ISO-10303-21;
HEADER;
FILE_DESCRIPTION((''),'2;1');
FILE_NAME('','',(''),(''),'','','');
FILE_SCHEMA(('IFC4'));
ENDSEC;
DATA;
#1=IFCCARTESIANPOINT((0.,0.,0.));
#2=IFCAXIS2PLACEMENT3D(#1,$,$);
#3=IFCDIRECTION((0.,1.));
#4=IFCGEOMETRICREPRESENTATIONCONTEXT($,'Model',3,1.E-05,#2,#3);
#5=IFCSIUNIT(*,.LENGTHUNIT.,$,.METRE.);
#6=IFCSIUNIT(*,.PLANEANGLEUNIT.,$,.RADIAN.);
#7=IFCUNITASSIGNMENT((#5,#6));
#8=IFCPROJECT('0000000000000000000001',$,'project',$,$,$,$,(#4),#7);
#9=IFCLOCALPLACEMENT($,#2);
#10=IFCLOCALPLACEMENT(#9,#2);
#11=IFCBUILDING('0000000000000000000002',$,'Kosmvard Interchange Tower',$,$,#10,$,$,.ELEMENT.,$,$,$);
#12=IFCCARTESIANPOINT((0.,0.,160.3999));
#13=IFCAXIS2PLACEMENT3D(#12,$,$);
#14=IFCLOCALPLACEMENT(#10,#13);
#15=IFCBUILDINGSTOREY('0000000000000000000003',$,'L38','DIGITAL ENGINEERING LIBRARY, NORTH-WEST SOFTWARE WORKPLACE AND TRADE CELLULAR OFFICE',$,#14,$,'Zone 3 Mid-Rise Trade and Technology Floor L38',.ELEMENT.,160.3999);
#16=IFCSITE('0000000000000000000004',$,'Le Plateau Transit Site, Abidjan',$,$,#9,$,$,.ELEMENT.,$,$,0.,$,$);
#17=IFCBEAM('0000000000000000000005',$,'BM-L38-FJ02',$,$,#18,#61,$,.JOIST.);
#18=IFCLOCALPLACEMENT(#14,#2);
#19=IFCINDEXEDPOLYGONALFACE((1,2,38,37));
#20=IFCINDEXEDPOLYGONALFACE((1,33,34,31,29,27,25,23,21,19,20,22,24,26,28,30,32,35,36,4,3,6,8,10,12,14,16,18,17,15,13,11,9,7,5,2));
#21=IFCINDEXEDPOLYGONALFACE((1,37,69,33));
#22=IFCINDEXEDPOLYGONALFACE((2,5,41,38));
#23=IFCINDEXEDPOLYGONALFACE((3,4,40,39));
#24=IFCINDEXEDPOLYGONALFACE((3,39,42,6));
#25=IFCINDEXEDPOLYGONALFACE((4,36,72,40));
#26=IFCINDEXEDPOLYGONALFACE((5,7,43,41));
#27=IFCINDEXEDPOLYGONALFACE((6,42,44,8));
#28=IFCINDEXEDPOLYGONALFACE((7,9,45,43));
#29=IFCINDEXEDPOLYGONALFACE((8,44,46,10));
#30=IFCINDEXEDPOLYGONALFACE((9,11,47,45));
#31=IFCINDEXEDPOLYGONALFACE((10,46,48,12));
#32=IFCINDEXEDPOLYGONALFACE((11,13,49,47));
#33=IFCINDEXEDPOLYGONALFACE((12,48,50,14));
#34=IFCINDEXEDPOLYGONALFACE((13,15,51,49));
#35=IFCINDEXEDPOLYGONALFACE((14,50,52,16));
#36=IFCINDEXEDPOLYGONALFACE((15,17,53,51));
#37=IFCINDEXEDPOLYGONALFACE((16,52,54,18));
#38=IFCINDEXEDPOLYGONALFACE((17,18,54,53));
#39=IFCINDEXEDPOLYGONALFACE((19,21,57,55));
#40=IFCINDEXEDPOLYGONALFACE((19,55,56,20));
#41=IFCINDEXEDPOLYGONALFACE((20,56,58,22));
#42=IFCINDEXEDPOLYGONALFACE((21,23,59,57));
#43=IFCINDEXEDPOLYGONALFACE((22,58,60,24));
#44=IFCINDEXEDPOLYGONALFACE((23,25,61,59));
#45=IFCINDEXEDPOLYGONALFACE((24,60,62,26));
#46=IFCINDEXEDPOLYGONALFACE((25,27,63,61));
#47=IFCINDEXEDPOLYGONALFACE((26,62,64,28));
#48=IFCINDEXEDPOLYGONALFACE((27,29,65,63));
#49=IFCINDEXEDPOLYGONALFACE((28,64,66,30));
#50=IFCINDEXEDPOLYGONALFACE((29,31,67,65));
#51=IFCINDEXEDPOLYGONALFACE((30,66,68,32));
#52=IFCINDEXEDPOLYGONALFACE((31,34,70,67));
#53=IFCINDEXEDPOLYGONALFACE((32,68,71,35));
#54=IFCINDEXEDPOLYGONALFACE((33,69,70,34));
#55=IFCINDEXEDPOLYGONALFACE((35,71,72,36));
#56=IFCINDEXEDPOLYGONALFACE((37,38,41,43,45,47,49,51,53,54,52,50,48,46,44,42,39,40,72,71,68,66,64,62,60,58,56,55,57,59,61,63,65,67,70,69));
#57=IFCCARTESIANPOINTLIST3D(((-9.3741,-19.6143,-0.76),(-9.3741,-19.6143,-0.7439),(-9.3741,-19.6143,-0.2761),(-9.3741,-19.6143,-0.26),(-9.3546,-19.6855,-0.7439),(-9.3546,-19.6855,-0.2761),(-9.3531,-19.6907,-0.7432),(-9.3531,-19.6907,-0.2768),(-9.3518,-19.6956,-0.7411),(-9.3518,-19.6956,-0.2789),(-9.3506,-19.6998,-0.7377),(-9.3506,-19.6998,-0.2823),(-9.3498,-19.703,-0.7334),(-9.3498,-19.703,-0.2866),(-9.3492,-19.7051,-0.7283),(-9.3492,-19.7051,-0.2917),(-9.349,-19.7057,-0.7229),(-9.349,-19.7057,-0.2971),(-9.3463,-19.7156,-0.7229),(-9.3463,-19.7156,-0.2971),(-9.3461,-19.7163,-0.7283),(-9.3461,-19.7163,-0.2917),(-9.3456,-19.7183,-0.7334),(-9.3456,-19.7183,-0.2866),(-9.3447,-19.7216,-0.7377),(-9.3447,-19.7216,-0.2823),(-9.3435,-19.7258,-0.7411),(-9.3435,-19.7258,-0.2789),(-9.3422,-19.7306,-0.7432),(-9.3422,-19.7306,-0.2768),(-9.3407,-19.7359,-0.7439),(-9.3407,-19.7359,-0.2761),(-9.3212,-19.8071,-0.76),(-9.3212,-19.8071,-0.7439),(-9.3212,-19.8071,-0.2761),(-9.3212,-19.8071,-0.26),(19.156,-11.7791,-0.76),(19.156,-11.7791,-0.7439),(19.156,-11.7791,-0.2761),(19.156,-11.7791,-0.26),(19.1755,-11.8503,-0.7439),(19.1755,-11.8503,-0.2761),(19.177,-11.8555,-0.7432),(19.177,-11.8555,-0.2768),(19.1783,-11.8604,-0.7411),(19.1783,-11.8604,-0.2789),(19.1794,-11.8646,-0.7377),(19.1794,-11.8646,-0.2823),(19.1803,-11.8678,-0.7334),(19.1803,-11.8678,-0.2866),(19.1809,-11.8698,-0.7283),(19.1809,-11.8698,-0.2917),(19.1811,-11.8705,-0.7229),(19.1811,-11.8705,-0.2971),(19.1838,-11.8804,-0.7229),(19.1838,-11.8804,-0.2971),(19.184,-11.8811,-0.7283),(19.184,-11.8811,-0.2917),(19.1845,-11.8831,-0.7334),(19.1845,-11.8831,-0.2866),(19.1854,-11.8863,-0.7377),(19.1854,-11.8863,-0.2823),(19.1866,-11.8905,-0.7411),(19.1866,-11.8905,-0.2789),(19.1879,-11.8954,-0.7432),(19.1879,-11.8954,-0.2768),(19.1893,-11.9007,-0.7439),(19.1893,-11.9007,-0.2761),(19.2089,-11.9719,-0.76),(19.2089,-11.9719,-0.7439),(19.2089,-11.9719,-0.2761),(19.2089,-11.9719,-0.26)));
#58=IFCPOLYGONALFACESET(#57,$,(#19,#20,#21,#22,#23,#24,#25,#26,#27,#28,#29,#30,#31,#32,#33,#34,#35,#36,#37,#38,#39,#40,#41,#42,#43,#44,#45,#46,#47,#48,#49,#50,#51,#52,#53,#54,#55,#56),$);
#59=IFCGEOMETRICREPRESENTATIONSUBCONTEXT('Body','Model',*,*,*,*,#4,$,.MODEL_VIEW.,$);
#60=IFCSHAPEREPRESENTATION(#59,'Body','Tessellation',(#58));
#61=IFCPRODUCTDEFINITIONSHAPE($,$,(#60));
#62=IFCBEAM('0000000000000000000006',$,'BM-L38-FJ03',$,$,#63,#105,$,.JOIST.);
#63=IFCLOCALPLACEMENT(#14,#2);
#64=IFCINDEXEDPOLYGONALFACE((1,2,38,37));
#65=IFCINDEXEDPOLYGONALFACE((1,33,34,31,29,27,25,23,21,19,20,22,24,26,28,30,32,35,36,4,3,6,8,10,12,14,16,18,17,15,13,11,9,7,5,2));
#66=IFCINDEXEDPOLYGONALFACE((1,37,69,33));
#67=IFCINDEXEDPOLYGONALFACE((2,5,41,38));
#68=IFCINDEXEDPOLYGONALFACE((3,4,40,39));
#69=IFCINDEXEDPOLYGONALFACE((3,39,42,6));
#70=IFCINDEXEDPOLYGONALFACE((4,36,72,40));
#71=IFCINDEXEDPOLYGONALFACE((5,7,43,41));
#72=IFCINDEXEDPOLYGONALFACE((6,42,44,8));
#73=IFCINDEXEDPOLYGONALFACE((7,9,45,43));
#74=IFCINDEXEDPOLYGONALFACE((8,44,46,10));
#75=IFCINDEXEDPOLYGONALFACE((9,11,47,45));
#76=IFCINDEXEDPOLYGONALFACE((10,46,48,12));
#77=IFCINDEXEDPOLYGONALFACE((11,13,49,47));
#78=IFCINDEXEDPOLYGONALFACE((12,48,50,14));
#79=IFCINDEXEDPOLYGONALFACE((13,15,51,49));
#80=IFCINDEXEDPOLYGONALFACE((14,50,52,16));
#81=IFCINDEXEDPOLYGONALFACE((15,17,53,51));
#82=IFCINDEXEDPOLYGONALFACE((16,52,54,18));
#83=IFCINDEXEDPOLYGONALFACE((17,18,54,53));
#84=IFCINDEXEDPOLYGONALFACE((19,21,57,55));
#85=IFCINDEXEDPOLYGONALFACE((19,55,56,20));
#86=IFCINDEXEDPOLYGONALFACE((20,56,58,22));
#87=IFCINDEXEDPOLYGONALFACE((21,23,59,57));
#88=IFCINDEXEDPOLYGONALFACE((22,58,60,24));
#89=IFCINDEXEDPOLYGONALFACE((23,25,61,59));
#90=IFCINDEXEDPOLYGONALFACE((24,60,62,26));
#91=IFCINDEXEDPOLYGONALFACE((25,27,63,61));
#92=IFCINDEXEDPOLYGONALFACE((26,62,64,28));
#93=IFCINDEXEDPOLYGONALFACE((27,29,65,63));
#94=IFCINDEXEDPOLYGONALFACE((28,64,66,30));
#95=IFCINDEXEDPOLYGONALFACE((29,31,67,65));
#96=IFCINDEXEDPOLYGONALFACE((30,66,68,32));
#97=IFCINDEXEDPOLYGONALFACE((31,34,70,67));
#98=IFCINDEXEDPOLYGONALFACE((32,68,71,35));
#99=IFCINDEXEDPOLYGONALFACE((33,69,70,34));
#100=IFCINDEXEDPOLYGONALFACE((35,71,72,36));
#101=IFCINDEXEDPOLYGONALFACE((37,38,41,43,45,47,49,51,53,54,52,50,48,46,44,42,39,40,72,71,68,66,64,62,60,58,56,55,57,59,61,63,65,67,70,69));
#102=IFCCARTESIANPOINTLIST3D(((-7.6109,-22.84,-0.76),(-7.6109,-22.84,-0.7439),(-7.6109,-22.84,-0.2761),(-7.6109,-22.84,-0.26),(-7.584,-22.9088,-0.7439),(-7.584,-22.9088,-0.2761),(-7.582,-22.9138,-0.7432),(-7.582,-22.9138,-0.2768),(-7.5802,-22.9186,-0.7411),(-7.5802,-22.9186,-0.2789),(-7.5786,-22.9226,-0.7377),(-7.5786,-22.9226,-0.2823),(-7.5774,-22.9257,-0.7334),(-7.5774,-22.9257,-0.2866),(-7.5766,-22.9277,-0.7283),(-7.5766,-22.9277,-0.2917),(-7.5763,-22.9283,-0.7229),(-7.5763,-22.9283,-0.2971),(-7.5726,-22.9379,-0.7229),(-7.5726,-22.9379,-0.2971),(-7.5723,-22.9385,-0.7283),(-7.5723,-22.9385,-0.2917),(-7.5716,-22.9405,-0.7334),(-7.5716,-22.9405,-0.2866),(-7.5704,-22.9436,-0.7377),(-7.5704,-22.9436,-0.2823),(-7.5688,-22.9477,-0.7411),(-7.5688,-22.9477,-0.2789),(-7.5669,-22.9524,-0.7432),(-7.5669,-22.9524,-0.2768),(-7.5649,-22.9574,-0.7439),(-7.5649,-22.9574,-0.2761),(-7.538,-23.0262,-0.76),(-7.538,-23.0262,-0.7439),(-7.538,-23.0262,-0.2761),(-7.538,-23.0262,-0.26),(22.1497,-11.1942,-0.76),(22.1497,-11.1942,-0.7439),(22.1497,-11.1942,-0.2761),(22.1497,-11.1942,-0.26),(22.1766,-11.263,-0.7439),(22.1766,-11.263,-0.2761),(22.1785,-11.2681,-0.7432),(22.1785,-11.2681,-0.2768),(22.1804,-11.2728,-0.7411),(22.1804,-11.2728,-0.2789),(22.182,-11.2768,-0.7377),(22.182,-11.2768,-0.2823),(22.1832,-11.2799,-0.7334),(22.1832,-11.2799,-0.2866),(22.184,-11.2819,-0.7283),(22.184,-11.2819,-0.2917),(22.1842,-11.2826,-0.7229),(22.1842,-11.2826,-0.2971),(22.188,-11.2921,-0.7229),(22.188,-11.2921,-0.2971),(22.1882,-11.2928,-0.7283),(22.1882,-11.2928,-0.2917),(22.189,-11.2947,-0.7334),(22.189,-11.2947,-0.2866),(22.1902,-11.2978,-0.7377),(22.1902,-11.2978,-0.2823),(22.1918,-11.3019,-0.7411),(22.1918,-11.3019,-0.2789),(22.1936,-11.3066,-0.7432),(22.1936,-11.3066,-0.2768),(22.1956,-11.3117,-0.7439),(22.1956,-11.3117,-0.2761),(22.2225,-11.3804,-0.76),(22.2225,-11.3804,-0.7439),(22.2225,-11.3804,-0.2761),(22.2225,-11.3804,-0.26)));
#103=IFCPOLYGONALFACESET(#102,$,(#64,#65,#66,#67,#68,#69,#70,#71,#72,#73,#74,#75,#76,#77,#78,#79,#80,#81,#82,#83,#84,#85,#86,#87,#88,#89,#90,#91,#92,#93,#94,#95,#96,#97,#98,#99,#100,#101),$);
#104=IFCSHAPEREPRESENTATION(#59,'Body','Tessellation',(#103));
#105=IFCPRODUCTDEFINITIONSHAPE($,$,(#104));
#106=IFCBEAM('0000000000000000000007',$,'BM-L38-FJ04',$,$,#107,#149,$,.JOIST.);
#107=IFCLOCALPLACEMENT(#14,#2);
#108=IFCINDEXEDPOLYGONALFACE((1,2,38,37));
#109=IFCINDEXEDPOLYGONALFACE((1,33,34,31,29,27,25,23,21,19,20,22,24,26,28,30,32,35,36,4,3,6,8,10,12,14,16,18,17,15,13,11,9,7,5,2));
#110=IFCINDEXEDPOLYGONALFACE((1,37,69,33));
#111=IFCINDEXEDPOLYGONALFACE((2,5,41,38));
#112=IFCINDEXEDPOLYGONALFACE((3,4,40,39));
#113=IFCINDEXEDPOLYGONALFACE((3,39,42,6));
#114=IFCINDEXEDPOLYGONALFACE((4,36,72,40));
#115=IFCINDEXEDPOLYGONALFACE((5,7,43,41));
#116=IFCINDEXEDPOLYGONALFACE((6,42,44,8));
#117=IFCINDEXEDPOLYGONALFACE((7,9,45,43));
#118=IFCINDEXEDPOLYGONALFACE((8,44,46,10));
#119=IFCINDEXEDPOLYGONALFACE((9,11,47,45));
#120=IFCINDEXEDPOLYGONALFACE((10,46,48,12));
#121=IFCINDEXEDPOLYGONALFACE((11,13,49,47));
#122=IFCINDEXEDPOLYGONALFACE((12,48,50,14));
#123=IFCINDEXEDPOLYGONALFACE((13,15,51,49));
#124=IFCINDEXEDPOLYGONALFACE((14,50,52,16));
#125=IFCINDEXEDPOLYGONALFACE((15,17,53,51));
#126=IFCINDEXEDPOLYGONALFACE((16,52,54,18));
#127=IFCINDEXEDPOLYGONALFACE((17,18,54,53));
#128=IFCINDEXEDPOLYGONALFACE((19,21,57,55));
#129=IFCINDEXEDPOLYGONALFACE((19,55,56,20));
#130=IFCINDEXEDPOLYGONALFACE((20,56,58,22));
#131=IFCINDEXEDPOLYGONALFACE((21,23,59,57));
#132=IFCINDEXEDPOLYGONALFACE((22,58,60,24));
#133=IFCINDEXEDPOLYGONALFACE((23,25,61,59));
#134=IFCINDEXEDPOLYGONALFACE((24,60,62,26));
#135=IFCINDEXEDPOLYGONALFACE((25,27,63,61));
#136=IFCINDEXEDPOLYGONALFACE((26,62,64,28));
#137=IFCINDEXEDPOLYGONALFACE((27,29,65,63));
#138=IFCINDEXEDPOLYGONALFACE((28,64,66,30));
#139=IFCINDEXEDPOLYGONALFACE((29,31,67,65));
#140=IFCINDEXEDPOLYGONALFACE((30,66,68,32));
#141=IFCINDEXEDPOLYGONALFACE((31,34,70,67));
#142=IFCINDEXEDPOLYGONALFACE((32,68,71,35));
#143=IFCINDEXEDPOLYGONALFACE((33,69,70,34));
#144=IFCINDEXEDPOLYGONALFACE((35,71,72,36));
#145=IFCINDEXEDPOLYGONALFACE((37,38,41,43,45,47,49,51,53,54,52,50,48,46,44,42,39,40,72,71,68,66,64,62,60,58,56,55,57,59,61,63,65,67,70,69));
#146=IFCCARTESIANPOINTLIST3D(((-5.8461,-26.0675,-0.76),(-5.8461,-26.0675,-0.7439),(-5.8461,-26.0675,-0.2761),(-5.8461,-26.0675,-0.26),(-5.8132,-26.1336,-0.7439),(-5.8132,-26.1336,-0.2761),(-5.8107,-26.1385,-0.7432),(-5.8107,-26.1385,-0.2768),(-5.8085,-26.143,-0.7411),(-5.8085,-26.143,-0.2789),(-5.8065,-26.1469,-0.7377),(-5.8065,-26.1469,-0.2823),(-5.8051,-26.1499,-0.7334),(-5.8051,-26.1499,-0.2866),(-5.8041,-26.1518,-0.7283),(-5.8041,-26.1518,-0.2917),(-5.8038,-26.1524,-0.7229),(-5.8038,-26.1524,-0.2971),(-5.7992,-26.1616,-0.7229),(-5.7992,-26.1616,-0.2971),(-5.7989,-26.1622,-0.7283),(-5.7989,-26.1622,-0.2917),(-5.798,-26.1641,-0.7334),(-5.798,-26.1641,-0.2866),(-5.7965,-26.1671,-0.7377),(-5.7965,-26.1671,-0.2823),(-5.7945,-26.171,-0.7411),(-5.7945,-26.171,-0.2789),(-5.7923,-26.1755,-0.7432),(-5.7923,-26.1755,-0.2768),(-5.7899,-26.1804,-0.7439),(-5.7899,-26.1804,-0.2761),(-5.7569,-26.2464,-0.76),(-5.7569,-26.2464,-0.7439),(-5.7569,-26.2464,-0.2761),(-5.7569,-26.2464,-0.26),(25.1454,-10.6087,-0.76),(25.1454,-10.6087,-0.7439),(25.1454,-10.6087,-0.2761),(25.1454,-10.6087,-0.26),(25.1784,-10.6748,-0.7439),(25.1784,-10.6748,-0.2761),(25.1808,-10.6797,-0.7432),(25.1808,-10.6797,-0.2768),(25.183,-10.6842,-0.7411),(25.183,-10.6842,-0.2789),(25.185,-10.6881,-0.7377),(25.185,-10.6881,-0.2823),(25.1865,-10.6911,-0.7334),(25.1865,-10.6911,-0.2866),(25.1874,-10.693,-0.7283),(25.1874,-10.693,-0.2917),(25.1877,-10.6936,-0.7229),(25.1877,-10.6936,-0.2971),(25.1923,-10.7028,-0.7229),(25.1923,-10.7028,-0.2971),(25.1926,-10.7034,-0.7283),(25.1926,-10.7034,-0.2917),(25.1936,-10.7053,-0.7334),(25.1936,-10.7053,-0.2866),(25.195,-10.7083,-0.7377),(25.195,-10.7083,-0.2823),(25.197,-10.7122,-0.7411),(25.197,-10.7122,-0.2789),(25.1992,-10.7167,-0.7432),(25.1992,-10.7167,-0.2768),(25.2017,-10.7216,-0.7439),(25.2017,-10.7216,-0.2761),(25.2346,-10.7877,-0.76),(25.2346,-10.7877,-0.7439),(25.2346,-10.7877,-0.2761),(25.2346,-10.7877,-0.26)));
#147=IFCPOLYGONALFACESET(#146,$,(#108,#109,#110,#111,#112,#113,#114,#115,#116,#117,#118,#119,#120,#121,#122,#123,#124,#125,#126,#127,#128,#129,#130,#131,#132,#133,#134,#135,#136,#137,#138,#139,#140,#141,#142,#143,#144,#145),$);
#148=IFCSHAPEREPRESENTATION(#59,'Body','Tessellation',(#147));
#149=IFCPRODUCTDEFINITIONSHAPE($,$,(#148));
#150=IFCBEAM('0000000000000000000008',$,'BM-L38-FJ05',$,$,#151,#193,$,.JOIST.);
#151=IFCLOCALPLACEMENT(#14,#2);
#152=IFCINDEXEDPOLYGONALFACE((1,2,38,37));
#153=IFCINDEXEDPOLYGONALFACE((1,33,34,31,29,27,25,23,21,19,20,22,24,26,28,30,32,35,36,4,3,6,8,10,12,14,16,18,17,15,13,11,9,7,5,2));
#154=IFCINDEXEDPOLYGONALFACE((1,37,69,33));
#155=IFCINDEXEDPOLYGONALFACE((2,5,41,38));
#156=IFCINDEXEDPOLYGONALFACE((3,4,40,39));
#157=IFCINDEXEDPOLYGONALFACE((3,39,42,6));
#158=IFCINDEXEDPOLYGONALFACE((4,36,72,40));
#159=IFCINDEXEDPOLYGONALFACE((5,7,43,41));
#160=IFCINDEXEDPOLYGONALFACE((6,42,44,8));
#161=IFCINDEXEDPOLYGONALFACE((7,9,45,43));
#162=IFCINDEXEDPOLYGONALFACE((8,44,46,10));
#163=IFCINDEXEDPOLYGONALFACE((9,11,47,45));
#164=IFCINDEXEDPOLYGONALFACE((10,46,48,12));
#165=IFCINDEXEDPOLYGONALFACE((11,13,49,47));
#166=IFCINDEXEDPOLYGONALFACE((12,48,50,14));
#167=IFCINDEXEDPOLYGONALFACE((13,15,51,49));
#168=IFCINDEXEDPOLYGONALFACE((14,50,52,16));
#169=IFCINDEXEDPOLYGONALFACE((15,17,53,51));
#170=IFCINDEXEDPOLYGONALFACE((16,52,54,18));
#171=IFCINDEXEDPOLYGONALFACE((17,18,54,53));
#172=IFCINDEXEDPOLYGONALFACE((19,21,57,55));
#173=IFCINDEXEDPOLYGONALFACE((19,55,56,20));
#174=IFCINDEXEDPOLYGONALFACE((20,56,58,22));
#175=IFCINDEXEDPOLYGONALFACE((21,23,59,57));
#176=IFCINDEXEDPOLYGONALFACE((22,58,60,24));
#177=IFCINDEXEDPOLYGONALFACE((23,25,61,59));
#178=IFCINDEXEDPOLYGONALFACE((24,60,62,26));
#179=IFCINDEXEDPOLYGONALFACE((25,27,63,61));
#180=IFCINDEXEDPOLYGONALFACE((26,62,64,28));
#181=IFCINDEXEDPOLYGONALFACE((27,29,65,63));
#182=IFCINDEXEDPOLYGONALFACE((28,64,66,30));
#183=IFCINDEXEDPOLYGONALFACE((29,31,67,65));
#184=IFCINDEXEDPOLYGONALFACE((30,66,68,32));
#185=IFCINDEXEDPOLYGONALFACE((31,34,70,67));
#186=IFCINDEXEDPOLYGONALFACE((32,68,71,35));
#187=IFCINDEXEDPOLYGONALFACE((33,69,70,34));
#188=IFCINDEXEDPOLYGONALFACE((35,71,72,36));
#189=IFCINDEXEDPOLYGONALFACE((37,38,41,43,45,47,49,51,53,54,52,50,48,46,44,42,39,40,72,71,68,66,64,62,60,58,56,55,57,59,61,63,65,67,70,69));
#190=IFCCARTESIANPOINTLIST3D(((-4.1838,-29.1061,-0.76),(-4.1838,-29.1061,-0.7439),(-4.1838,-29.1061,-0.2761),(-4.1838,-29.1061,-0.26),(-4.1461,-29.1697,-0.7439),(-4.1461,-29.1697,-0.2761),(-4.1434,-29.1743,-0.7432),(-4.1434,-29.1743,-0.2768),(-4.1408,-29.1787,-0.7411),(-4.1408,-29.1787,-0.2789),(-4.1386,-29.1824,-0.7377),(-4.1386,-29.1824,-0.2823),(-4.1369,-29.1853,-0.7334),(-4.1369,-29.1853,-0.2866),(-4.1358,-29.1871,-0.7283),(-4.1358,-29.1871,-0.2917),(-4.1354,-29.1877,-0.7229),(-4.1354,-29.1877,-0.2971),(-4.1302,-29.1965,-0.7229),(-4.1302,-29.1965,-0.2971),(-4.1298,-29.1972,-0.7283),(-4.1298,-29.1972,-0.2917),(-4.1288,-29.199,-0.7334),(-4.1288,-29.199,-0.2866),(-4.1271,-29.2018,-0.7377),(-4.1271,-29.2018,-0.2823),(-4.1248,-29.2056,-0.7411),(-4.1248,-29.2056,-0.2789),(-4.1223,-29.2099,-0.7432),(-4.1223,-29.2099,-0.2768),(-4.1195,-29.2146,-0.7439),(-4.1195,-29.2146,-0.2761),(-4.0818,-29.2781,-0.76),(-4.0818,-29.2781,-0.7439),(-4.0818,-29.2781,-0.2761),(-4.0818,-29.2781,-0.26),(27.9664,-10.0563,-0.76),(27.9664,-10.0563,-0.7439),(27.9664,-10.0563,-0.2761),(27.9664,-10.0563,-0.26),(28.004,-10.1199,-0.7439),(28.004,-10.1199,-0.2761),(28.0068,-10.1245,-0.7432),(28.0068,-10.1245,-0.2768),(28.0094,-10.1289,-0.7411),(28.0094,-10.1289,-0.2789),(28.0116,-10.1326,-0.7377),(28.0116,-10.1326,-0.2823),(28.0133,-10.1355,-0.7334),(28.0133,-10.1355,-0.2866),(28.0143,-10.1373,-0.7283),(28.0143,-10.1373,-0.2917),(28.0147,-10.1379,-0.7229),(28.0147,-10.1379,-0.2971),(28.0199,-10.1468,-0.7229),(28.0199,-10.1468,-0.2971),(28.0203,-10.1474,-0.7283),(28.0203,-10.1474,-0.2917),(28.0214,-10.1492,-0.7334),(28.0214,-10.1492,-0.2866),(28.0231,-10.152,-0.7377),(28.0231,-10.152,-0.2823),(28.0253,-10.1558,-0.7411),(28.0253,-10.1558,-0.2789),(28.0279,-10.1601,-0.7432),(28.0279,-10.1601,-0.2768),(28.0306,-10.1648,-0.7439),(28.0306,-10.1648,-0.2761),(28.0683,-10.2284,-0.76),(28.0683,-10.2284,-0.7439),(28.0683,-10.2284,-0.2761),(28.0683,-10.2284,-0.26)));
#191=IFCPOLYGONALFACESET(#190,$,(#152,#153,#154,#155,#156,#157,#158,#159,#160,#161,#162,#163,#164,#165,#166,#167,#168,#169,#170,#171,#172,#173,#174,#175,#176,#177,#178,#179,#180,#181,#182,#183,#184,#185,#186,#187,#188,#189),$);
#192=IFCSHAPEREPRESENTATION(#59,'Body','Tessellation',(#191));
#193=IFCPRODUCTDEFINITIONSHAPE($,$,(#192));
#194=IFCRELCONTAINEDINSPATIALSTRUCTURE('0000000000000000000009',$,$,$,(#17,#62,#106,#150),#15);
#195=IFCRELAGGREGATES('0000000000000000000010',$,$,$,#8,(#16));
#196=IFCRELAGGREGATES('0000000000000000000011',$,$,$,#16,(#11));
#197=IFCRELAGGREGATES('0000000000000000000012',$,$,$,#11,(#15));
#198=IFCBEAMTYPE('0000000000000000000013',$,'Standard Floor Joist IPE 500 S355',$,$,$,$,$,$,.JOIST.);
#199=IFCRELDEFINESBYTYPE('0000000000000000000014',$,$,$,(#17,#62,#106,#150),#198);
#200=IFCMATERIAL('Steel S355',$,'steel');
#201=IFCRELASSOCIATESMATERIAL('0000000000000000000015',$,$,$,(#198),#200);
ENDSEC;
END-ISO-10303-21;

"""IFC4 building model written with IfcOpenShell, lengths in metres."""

from ifc_helpers import new_model, si_unit, direction, frame, origin, origin_2d, place, context, subcontext, project, spatial, i_section, extrude, source, transform, mapped, material, material_profile, profile_set, type_object, element, save


model = new_model("IFC4")

# Units and contexts
model_context = context("Model", 3, precision=1e-05, world=origin(), true_north=direction((0.0, 1.0)))
body_context = subcontext(model_context, "Body", "Model", "MODEL_VIEW")
ifc_project = project(units=[si_unit("LENGTHUNIT", "METRE"), si_unit("PLANEANGLEUNIT", "RADIAN")], contexts=[model_context])

# Site, building, storey
site_placement = place(None, origin())
site = spatial("IfcSite", under=ifc_project, at=site_placement, Name="Le Plateau Transit Site, Abidjan", CompositionType="ELEMENT", RefElevation=0.0)
building_placement = place(site_placement, origin())
building = spatial("IfcBuilding", under=site, at=building_placement, Name="Kosmvard Interchange Tower", CompositionType="ELEMENT")
storey_placement = place(building_placement, frame((0.0, 0.0, 160.3999)))
storey = spatial("IfcBuildingStorey", under=building, at=storey_placement, Name="L38", Description="DIGITAL ENGINEERING LIBRARY, NORTH-WEST SOFTWARE WORKPLACE AND TRADE CELLULAR OFFICE", LongName="Zone 3 Mid-Rise Trade and Technology Floor L38", CompositionType="ELEMENT", Elevation=160.3999)

# Beams
ifc_material_1 = material(Name="Steel S355", Category="steel")
ifc_material_profile_1 = material_profile(ifc_material_1, i_section(OverallWidth=0.2, OverallDepth=0.5, WebThickness=0.0103, FlangeThickness=0.0161, FilletRadius=0.021, at=origin_2d()), Name="IPE 500")
ifc_profile_set_1 = profile_set([ifc_material_profile_1], Name="Steel S355")
beam_type_1 = type_object("IfcBeamType", Name="Standard Floor Joist IPE 500 S355", PredefinedType="JOIST", material=ifc_profile_set_1)
shared_shape_1 = source(origin(), body_context, "Body", "SweptSolid", [
    extrude(i_section(OverallWidth=0.2, OverallDepth=0.5, WebThickness=0.0103, FlangeThickness=0.0161, FilletRadius=0.021, at=origin_2d()), origin(), (0.0, 0.0, 1.0), 29.5864),
])
beam_1_placement = place(storey_placement, frame((-9.3477, -19.7107, -0.51), z_axis=(0.964297, 0.264825, 0.0), x_axis=(-0.264825, 0.964297, 0.0)))
element("IfcBeam", 1, at=beam_1_placement, inside=storey, type_object=beam_type_1, Name="BM-L38-FJ02", PredefinedType="JOIST", context=body_context, shape_type="MappedRepresentation", body=[
    mapped(shared_shape_1, transform((0.0, 0.0, 0.0), scale=1.0)),
])
shared_shape_2 = source(origin(), body_context, "Body", "SweptSolid", [
    extrude(i_section(OverallWidth=0.2, OverallDepth=0.5, WebThickness=0.0103, FlangeThickness=0.0161, FilletRadius=0.021, at=origin_2d()), origin(), (0.0, 0.0, 1.0), 31.958),
])
beam_2_placement = place(storey_placement, frame((-7.5745, -22.9331, -0.51), z_axis=(0.931239, 0.364409, 0.0), x_axis=(-0.364409, 0.931239, 0.0)))
element("IfcBeam", 2, at=beam_2_placement, inside=storey, type_object=beam_type_1, Name="BM-L38-FJ03", PredefinedType="JOIST", context=body_context, shape_type="MappedRepresentation", body=[
    mapped(shared_shape_2, transform((0.0, 0.0, 0.0), scale=1.0)),
])
shared_shape_3 = source(origin(), body_context, "Body", "SweptSolid", [
    extrude(i_section(OverallWidth=0.2, OverallDepth=0.5, WebThickness=0.0103, FlangeThickness=0.0161, FilletRadius=0.021, at=origin_2d()), origin(), (0.0, 0.0, 1.0), 34.6331),
])
beam_3_placement = place(storey_placement, frame((-5.8015, -26.157, -0.51), z_axis=(0.894854, 0.446359, 0.0), x_axis=(-0.446359, 0.894854, 0.0)))
element("IfcBeam", 3, at=beam_3_placement, inside=storey, type_object=beam_type_1, Name="BM-L38-FJ04", PredefinedType="JOIST", context=body_context, shape_type="MappedRepresentation", body=[
    mapped(shared_shape_3, transform((0.0, 0.0, 0.0), scale=1.0)),
])
shared_shape_4 = source(origin(), body_context, "Body", "SweptSolid", [
    extrude(i_section(OverallWidth=0.2, OverallDepth=0.5, WebThickness=0.0103, FlangeThickness=0.0161, FilletRadius=0.021, at=origin_2d()), origin(), (0.0, 0.0, 1.0), 37.3701),
])
beam_4_placement = place(storey_placement, frame((-4.1328, -29.1921, -0.51), z_axis=(0.860317, 0.50976, 0.0), x_axis=(-0.50976, 0.860317, 0.0)))
element("IfcBeam", 4, at=beam_4_placement, inside=storey, type_object=beam_type_1, Name="BM-L38-FJ05", PredefinedType="JOIST", context=body_context, shape_type="MappedRepresentation", body=[
    mapped(shared_shape_4, transform((0.0, 0.0, 0.0), scale=1.0)),
])

save(model, "model.ifc")
